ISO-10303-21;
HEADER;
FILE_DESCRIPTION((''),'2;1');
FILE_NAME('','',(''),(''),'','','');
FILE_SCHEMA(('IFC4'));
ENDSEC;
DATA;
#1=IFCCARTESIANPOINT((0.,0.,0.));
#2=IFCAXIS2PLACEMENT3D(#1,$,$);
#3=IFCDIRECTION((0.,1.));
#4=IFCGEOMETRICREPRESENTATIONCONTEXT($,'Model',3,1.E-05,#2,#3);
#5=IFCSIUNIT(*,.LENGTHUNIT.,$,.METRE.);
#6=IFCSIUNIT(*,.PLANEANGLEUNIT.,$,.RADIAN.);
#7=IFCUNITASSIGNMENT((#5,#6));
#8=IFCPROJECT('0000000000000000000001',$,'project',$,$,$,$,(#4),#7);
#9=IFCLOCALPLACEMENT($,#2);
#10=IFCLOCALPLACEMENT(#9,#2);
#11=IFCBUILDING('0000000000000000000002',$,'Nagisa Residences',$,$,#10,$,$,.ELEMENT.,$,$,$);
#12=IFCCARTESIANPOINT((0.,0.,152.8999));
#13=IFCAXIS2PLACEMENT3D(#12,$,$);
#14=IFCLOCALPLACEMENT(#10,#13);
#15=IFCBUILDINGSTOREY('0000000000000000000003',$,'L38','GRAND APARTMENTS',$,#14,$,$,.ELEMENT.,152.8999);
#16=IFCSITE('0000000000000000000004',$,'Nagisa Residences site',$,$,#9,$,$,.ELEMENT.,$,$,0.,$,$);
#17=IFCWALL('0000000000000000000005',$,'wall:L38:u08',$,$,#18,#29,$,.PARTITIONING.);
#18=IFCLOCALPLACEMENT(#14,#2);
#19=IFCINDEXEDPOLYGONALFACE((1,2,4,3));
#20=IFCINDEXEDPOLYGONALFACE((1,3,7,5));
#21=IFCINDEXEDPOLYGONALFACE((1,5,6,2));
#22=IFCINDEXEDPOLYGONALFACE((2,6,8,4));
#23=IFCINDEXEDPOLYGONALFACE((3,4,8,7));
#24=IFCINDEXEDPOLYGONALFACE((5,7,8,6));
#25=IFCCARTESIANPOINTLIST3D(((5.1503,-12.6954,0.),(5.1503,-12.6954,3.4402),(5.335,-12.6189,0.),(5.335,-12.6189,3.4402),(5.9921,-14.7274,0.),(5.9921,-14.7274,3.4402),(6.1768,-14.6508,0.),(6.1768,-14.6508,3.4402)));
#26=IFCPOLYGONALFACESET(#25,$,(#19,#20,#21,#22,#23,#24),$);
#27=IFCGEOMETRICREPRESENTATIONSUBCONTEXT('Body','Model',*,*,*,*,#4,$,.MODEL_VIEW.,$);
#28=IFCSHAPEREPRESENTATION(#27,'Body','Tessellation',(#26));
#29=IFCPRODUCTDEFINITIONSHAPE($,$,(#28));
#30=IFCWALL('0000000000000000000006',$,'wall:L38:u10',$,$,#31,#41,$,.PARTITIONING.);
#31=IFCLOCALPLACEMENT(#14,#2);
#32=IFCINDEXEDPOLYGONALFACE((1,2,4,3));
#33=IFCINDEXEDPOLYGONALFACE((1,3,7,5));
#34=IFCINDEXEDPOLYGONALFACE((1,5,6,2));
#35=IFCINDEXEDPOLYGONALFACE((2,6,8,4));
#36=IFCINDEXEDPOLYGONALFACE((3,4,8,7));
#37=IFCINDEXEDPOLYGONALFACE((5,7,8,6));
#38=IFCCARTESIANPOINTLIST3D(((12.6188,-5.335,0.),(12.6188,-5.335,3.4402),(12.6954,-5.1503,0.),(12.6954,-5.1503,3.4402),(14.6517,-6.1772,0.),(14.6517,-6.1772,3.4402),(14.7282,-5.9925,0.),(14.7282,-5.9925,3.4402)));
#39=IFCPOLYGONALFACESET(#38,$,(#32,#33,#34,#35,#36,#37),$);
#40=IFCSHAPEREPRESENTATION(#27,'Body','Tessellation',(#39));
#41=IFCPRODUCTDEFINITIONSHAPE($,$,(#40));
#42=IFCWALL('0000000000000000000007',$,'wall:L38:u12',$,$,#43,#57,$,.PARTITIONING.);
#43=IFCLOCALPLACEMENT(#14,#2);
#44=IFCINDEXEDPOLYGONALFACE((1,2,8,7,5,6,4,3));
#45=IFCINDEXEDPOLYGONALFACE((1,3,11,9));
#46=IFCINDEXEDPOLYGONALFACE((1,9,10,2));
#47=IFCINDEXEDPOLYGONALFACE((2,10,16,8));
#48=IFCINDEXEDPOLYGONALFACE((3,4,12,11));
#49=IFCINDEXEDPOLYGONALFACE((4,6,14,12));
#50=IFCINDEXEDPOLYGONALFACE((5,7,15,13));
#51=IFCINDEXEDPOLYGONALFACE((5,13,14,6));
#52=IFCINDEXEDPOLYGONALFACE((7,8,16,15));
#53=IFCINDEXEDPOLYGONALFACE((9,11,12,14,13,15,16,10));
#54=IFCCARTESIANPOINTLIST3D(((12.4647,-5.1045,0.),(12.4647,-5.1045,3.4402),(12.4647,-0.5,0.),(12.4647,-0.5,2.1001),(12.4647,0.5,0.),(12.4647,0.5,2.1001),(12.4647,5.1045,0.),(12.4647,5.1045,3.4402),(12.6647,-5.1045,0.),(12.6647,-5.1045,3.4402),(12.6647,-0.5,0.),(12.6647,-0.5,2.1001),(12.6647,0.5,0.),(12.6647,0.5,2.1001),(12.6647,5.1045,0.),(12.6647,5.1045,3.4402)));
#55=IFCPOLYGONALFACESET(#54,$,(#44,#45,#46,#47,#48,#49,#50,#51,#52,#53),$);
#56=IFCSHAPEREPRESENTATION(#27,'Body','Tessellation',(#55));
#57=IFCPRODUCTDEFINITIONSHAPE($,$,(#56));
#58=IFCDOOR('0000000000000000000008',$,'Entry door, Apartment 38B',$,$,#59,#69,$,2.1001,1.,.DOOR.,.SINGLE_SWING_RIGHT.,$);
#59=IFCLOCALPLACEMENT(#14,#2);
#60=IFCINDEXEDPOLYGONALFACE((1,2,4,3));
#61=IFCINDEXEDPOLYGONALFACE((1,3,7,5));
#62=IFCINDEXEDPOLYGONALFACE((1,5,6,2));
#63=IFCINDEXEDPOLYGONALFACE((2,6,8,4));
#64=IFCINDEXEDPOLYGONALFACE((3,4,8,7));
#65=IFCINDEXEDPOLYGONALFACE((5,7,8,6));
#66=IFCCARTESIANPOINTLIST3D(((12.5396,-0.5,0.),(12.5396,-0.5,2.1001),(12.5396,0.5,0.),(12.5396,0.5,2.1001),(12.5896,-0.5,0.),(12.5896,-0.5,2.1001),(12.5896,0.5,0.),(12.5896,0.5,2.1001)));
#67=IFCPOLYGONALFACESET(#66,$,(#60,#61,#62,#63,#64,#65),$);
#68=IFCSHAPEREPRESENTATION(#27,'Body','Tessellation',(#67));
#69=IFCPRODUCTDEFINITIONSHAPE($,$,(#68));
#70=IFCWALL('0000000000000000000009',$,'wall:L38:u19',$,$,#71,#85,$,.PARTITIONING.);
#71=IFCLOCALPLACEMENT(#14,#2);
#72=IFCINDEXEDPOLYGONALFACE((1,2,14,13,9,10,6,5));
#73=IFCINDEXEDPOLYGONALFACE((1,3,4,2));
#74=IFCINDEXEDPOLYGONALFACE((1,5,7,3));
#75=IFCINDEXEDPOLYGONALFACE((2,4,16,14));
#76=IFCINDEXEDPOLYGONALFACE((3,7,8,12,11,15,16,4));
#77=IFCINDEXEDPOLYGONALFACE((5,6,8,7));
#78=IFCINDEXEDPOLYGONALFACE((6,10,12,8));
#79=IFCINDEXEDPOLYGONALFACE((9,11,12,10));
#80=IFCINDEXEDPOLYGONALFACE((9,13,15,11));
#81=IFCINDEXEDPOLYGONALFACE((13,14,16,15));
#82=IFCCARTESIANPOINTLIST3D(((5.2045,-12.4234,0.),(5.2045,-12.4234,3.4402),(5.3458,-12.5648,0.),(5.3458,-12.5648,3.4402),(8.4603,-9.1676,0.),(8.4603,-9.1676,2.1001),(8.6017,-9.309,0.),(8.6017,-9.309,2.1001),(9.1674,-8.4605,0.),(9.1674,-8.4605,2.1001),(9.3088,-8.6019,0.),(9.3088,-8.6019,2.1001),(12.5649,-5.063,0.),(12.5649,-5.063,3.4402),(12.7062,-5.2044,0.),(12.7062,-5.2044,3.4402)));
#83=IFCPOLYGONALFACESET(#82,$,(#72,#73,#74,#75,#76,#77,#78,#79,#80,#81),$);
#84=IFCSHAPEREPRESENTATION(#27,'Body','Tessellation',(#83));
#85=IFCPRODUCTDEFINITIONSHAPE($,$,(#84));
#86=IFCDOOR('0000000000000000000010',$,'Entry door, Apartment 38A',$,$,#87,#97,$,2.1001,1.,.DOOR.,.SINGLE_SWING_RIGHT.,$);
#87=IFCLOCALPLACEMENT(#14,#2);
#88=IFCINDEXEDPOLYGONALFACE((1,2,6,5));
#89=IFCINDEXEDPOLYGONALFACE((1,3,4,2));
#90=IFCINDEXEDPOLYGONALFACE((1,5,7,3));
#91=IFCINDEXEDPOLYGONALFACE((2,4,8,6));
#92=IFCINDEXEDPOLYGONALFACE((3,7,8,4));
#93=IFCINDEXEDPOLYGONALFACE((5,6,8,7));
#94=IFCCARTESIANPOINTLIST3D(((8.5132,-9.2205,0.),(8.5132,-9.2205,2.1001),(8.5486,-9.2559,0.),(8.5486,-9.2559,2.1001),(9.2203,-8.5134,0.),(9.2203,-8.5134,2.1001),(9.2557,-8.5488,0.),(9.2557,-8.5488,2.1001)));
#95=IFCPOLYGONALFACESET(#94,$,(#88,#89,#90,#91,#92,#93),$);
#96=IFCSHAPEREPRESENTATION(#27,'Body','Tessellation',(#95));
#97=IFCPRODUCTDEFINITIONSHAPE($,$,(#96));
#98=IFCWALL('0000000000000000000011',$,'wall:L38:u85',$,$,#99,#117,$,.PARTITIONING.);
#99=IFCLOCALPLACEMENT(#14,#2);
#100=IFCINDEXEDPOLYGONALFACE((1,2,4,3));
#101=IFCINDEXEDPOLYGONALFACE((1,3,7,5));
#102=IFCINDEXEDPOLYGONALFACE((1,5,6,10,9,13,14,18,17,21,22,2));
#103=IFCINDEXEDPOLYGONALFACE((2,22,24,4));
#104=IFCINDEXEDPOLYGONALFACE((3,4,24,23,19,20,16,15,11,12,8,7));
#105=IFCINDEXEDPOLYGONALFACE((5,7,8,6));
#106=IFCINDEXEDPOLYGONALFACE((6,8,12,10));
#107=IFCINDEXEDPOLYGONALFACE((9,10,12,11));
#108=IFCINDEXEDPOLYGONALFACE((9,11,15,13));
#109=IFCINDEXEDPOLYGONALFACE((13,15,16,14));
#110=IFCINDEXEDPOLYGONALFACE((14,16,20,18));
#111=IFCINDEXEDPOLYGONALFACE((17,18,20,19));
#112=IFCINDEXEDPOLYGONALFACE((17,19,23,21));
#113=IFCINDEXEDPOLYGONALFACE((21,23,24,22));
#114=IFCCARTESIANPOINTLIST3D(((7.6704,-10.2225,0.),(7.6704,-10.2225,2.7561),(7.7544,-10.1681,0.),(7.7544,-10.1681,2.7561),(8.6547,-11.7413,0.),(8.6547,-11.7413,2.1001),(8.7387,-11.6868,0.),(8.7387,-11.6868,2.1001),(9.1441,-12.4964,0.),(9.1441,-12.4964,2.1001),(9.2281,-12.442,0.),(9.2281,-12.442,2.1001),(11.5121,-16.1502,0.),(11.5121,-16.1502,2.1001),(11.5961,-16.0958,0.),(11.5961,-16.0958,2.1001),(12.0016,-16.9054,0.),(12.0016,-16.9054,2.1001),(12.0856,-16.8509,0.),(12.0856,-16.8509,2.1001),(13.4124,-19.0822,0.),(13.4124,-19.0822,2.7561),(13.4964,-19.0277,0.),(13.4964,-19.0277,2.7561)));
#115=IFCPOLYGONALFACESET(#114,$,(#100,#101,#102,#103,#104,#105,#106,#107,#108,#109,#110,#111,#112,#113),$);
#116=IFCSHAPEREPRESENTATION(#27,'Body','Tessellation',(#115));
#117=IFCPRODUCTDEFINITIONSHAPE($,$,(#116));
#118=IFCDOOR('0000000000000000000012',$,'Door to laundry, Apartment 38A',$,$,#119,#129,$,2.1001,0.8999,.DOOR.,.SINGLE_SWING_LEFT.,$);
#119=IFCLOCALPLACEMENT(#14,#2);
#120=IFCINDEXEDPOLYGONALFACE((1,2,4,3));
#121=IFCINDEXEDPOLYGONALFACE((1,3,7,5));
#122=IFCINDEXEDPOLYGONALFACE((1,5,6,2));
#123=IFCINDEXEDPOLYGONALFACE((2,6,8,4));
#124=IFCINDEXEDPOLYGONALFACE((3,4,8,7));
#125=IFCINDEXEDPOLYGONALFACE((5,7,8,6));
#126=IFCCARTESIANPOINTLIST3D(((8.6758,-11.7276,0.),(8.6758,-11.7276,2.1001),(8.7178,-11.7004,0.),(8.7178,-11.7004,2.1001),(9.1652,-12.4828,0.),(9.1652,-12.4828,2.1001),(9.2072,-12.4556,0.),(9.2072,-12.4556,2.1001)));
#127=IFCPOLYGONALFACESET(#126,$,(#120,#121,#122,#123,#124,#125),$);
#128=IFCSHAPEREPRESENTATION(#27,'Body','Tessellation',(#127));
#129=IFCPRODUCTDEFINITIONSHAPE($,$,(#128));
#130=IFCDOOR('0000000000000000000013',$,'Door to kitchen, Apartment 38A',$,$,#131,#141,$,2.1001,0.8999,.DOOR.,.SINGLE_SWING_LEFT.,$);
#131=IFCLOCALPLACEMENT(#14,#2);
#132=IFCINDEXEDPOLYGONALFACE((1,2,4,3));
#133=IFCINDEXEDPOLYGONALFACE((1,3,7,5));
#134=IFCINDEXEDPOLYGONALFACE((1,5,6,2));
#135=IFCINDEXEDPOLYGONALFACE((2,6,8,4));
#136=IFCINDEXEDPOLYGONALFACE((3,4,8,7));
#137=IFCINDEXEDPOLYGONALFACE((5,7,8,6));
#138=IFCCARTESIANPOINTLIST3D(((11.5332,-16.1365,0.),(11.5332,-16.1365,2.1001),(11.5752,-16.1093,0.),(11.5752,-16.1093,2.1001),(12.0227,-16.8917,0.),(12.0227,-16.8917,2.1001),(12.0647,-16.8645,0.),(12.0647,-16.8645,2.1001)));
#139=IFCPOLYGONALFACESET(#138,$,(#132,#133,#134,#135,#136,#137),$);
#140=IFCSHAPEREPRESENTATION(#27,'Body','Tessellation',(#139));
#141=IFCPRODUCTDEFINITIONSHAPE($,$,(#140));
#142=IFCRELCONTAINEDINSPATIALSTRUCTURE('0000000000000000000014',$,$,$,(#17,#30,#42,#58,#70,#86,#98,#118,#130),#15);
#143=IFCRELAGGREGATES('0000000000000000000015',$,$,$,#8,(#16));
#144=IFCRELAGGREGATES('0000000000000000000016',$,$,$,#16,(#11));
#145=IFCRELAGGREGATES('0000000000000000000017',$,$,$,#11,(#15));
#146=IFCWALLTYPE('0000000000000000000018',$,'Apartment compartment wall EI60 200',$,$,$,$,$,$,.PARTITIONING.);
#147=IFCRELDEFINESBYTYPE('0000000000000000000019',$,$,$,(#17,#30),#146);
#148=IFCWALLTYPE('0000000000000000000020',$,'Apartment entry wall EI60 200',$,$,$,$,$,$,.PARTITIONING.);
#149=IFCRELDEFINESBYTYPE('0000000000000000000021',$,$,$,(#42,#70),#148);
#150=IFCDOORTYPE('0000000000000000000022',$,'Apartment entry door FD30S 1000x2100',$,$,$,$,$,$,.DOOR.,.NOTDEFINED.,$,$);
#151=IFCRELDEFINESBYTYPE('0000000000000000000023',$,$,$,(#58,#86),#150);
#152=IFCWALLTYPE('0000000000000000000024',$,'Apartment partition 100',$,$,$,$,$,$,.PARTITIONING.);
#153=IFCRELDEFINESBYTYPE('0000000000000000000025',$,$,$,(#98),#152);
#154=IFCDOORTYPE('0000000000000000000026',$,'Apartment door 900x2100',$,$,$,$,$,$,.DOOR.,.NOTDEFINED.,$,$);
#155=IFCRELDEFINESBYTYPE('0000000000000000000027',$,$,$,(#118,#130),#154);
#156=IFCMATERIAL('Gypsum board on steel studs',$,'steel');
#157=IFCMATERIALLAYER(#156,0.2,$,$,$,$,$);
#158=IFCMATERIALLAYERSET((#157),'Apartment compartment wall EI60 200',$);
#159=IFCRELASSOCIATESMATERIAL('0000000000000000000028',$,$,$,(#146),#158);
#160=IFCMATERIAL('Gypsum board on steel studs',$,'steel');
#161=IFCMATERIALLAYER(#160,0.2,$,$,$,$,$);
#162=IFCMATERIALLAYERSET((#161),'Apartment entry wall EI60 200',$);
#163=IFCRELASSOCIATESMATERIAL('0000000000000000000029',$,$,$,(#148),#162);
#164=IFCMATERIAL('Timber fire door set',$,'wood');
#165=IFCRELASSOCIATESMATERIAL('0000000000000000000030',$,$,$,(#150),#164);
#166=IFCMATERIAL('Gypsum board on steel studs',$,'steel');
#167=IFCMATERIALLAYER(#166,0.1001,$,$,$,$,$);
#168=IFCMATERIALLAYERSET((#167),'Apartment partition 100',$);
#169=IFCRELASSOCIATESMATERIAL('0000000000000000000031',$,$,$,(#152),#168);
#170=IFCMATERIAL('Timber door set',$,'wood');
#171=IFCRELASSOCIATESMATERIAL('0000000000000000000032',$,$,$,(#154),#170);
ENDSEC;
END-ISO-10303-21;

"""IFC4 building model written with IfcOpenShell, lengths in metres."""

from ifc_helpers import new_model, si_unit, direction, frame, frame_2d, origin, place, context, subcontext, project, spatial, rectangle, extrude, material, layer, layer_set, type_object, element, fill, save


model = new_model("IFC4")

# Units and contexts
model_context = context("Model", 3, precision=1e-05, world=origin(), true_north=direction((0.0, 1.0)))
body_context = subcontext(model_context, "Body", "Model", "MODEL_VIEW")
ifc_project = project(units=[si_unit("LENGTHUNIT", "METRE"), si_unit("PLANEANGLEUNIT", "RADIAN")], contexts=[model_context])

# Site, building, storey
site_placement = place(None, origin())
site = spatial("IfcSite", under=ifc_project, at=site_placement, Name="Nagisa Residences site", CompositionType="ELEMENT", RefElevation=0.0)
building_placement = place(site_placement, origin())
building = spatial("IfcBuilding", under=site, at=building_placement, Name="Nagisa Residences", CompositionType="ELEMENT")
storey_placement = place(building_placement, frame((0.0, 0.0, 152.8999)))
storey = spatial("IfcBuildingStorey", under=building, at=storey_placement, Name="L38", Description="GRAND APARTMENTS", CompositionType="ELEMENT", Elevation=152.8999)

# Walls
ifc_material_1 = material(Name="Gypsum board on steel studs", Category="steel")
ifc_layer_1 = layer(ifc_material_1, 0.2)
ifc_layer_set_1 = layer_set([ifc_layer_1], Name="Apartment compartment wall EI60 200")
wall_type_1 = type_object("IfcWallType", Name="Apartment compartment wall EI60 200", PredefinedType="PARTITIONING", material=ifc_layer_set_1)
wall_1_placement = place(storey_placement, frame((5.2427, -12.6572, 0.0), z_axis=(0.0, 0.0, 1.0), x_axis=(0.382731, -0.92386, 0.0)))
element("IfcWall", 1, at=wall_1_placement, inside=storey, type_object=wall_type_1, Name="wall:L38:u08", PredefinedType="PARTITIONING", context=body_context, shape_type="SweptSolid", body=[
    extrude(rectangle(XDim=2.1995, YDim=0.2, at=frame_2d((1.0996, 0.0))), origin(), (0.0, 0.0, 1.0), 3.4402),
])
wall_2_placement = place(storey_placement, frame((12.6572, -5.2427, 0.0), z_axis=(0.0, 0.0, 1.0), x_axis=(0.923846, -0.382763, 0.0)))
element("IfcWall", 2, at=wall_2_placement, inside=storey, type_object=wall_type_1, Name="wall:L38:u10", PredefinedType="PARTITIONING", context=body_context, shape_type="SweptSolid", body=[
    extrude(rectangle(XDim=2.2004, YDim=0.2, at=frame_2d((1.1001, 0.0))), origin(), (0.0, 0.0, 1.0), 3.4402),
])

# Walls, openings, doors
ifc_material_2 = material(Name="Gypsum board on steel studs", Category="steel")
ifc_layer_2 = layer(ifc_material_2, 0.2)
ifc_layer_set_2 = layer_set([ifc_layer_2], Name="Apartment entry wall EI60 200")
wall_type_2 = type_object("IfcWallType", Name="Apartment entry wall EI60 200", PredefinedType="PARTITIONING", material=ifc_layer_set_2)
wall_3_placement = place(storey_placement, frame((12.5647, -5.1045, 0.0), z_axis=(0.0, 0.0, 1.0), x_axis=(0.0, 1.0, 0.0)))
wall_3 = element("IfcWall", 3, at=wall_3_placement, inside=storey, type_object=wall_type_2, Name="wall:L38:u12", PredefinedType="PARTITIONING", context=body_context, shape_type="SweptSolid", body=[
    extrude(rectangle(XDim=10.209, YDim=0.2, at=frame_2d((5.1045, 0.0))), origin(), (0.0, 0.0, 1.0), 3.4402),
])
opening_1_placement = place(wall_3_placement, frame((4.6045, 0.0, 0.0)))
opening_1 = element("IfcOpeningElement", 4, at=opening_1_placement, cuts=wall_3, PredefinedType="OPENING", context=body_context, shape_type="SweptSolid", body=[
    extrude(rectangle(XDim=1.0, YDim=2.1001, at=frame_2d((0.5, 1.05))), frame((0.0, 0.1099, 0.0), z_axis=(0.0, -1.0, 0.0), x_axis=(1.0, 0.0, 0.0)), (0.0, 0.0, 1.0), 0.22),
])
ifc_material_3 = material(Name="Timber fire door set", Category="wood")
door_type_1 = type_object("IfcDoorType", Name="Apartment entry door FD30S 1000x2100", OperationType="NOTDEFINED", PredefinedType="DOOR", material=ifc_material_3)
door_1_placement = place(opening_1_placement, frame((1.0, 0.0, 0.0), x_axis=(-1.0, 0.0, 0.0)))
door_1 = element("IfcDoor", 5, at=door_1_placement, inside=storey, type_object=door_type_1, Name="Entry door, Apartment 38B", OperationType="SINGLE_SWING_RIGHT", OverallHeight=2.1001, OverallWidth=1.0, PredefinedType="DOOR", context=body_context, shape_type="SweptSolid", body=[
    extrude(rectangle(XDim=1.0, YDim=2.1001, at=frame_2d((0.5, 1.05))), frame((0.0, 0.0249, 0.0), z_axis=(0.0, -1.0, 0.0), x_axis=(1.0, 0.0, 0.0)), (0.0, 0.0, 1.0), 0.05),
])
fill(opening_1, door_1)
wall_4_placement = place(storey_placement, frame((5.2751, -12.4941, 0.0), z_axis=(0.0, 0.0, 1.0), x_axis=(0.707107, 0.707107, 0.0)))
wall_4 = element("IfcWall", 6, at=wall_4_placement, inside=storey, type_object=wall_type_2, Name="wall:L38:u19", PredefinedType="PARTITIONING", context=body_context, shape_type="SweptSolid", body=[
    extrude(rectangle(XDim=10.4092, YDim=0.2, at=frame_2d((5.2046, 0.0))), origin(), (0.0, 0.0, 1.0), 3.4402),
])
opening_2_placement = place(wall_4_placement, frame((4.6045, 0.0, 0.0)))
opening_2 = element("IfcOpeningElement", 7, at=opening_2_placement, cuts=wall_4, PredefinedType="OPENING", context=body_context, shape_type="SweptSolid", body=[
    extrude(rectangle(XDim=1.0, YDim=2.1001, at=frame_2d((0.5, 1.05))), frame((0.0, 0.1099, 0.0), z_axis=(0.0, -1.0, 0.0), x_axis=(1.0, 0.0, 0.0)), (0.0, 0.0, 1.0), 0.22),
])
door_2_placement = place(opening_2_placement, frame((1.0, 0.0, 0.0), x_axis=(-1.0, 0.0, 0.0)))
door_2 = element("IfcDoor", 8, at=door_2_placement, inside=storey, type_object=door_type_1, Name="Entry door, Apartment 38A", OperationType="SINGLE_SWING_RIGHT", OverallHeight=2.1001, OverallWidth=1.0, PredefinedType="DOOR", context=body_context, shape_type="SweptSolid", body=[
    extrude(rectangle(XDim=1.0, YDim=2.1001, at=frame_2d((0.5, 1.05))), frame((0.0, 0.0249, 0.0), z_axis=(0.0, -1.0, 0.0), x_axis=(1.0, 0.0, 0.0)), (0.0, 0.0, 1.0), 0.05),
])
fill(opening_2, door_2)

# Wall, openings, doors
ifc_material_4 = material(Name="Gypsum board on steel studs", Category="steel")
ifc_layer_3 = layer(ifc_material_4, 0.1001)
ifc_layer_set_3 = layer_set([ifc_layer_3], Name="Apartment partition 100")
wall_type_3 = type_object("IfcWallType", Name="Apartment partition 100", PredefinedType="PARTITIONING", material=ifc_layer_set_3)
wall_5_placement = place(storey_placement, frame((7.7124, -10.1953, 0.0), z_axis=(0.0, 0.0, 1.0), x_axis=(0.543869, -0.83917, 0.0)))
wall_5 = element("IfcWall", 9, at=wall_5_placement, inside=storey, type_object=wall_type_3, Name="wall:L38:u85", PredefinedType="PARTITIONING", context=body_context, shape_type="SweptSolid", body=[
    extrude(rectangle(XDim=10.5576, YDim=0.1001, at=frame_2d((5.2788, 0.0))), origin(), (0.0, 0.0, 1.0), 2.7561),
])
opening_3_placement = place(wall_5_placement, frame((1.8098, 0.0, 0.0)))
opening_3 = element("IfcOpeningElement", 10, at=opening_3_placement, cuts=wall_5, PredefinedType="OPENING", context=body_context, shape_type="SweptSolid", body=[
    extrude(rectangle(XDim=0.8999, YDim=2.1001, at=frame_2d((0.45, 1.05))), frame((0.0, 0.0601, 0.0), z_axis=(0.0, -1.0, 0.0), x_axis=(1.0, 0.0, 0.0)), (0.0, 0.0, 1.0), 0.1201),
])
opening_4_placement = place(wall_5_placement, frame((7.0637, 0.0, 0.0)))
opening_4 = element("IfcOpeningElement", 11, at=opening_4_placement, cuts=wall_5, PredefinedType="OPENING", context=body_context, shape_type="SweptSolid", body=[
    extrude(rectangle(XDim=0.8999, YDim=2.1001, at=frame_2d((0.45, 1.05))), frame((0.0, 0.0601, 0.0), z_axis=(0.0, -1.0, 0.0), x_axis=(1.0, 0.0, 0.0)), (0.0, 0.0, 1.0), 0.1201),
])
ifc_material_5 = material(Name="Timber door set", Category="wood")
door_type_2 = type_object("IfcDoorType", Name="Apartment door 900x2100", OperationType="NOTDEFINED", PredefinedType="DOOR", material=ifc_material_5)
door_3_placement = place(opening_3_placement, frame((0.8999, 0.0, 0.0), x_axis=(-1.0, 0.0, 0.0)))
door_3 = element("IfcDoor", 12, at=door_3_placement, inside=storey, type_object=door_type_2, Name="Door to laundry, Apartment 38A", OperationType="SINGLE_SWING_LEFT", OverallHeight=2.1001, OverallWidth=0.8999, PredefinedType="DOOR", context=body_context, shape_type="SweptSolid", body=[
    extrude(rectangle(XDim=0.8999, YDim=2.1001, at=frame_2d((0.45, 1.05))), frame((0.0, 0.0249, 0.0), z_axis=(0.0, -1.0, 0.0), x_axis=(1.0, 0.0, 0.0)), (0.0, 0.0, 1.0), 0.05),
])
fill(opening_3, door_3)
door_4_placement = place(opening_4_placement, frame((0.8999, 0.0, 0.0), x_axis=(-1.0, 0.0, 0.0)))
door_4 = element("IfcDoor", 13, at=door_4_placement, inside=storey, type_object=door_type_2, Name="Door to kitchen, Apartment 38A", OperationType="SINGLE_SWING_LEFT", OverallHeight=2.1001, OverallWidth=0.8999, PredefinedType="DOOR", context=body_context, shape_type="SweptSolid", body=[
    extrude(rectangle(XDim=0.8999, YDim=2.1001, at=frame_2d((0.45, 1.05))), frame((0.0, 0.0249, 0.0), z_axis=(0.0, -1.0, 0.0), x_axis=(1.0, 0.0, 0.0)), (0.0, 0.0, 1.0), 0.05),
])
fill(opening_4, door_4)

save(model, "model.ifc")
